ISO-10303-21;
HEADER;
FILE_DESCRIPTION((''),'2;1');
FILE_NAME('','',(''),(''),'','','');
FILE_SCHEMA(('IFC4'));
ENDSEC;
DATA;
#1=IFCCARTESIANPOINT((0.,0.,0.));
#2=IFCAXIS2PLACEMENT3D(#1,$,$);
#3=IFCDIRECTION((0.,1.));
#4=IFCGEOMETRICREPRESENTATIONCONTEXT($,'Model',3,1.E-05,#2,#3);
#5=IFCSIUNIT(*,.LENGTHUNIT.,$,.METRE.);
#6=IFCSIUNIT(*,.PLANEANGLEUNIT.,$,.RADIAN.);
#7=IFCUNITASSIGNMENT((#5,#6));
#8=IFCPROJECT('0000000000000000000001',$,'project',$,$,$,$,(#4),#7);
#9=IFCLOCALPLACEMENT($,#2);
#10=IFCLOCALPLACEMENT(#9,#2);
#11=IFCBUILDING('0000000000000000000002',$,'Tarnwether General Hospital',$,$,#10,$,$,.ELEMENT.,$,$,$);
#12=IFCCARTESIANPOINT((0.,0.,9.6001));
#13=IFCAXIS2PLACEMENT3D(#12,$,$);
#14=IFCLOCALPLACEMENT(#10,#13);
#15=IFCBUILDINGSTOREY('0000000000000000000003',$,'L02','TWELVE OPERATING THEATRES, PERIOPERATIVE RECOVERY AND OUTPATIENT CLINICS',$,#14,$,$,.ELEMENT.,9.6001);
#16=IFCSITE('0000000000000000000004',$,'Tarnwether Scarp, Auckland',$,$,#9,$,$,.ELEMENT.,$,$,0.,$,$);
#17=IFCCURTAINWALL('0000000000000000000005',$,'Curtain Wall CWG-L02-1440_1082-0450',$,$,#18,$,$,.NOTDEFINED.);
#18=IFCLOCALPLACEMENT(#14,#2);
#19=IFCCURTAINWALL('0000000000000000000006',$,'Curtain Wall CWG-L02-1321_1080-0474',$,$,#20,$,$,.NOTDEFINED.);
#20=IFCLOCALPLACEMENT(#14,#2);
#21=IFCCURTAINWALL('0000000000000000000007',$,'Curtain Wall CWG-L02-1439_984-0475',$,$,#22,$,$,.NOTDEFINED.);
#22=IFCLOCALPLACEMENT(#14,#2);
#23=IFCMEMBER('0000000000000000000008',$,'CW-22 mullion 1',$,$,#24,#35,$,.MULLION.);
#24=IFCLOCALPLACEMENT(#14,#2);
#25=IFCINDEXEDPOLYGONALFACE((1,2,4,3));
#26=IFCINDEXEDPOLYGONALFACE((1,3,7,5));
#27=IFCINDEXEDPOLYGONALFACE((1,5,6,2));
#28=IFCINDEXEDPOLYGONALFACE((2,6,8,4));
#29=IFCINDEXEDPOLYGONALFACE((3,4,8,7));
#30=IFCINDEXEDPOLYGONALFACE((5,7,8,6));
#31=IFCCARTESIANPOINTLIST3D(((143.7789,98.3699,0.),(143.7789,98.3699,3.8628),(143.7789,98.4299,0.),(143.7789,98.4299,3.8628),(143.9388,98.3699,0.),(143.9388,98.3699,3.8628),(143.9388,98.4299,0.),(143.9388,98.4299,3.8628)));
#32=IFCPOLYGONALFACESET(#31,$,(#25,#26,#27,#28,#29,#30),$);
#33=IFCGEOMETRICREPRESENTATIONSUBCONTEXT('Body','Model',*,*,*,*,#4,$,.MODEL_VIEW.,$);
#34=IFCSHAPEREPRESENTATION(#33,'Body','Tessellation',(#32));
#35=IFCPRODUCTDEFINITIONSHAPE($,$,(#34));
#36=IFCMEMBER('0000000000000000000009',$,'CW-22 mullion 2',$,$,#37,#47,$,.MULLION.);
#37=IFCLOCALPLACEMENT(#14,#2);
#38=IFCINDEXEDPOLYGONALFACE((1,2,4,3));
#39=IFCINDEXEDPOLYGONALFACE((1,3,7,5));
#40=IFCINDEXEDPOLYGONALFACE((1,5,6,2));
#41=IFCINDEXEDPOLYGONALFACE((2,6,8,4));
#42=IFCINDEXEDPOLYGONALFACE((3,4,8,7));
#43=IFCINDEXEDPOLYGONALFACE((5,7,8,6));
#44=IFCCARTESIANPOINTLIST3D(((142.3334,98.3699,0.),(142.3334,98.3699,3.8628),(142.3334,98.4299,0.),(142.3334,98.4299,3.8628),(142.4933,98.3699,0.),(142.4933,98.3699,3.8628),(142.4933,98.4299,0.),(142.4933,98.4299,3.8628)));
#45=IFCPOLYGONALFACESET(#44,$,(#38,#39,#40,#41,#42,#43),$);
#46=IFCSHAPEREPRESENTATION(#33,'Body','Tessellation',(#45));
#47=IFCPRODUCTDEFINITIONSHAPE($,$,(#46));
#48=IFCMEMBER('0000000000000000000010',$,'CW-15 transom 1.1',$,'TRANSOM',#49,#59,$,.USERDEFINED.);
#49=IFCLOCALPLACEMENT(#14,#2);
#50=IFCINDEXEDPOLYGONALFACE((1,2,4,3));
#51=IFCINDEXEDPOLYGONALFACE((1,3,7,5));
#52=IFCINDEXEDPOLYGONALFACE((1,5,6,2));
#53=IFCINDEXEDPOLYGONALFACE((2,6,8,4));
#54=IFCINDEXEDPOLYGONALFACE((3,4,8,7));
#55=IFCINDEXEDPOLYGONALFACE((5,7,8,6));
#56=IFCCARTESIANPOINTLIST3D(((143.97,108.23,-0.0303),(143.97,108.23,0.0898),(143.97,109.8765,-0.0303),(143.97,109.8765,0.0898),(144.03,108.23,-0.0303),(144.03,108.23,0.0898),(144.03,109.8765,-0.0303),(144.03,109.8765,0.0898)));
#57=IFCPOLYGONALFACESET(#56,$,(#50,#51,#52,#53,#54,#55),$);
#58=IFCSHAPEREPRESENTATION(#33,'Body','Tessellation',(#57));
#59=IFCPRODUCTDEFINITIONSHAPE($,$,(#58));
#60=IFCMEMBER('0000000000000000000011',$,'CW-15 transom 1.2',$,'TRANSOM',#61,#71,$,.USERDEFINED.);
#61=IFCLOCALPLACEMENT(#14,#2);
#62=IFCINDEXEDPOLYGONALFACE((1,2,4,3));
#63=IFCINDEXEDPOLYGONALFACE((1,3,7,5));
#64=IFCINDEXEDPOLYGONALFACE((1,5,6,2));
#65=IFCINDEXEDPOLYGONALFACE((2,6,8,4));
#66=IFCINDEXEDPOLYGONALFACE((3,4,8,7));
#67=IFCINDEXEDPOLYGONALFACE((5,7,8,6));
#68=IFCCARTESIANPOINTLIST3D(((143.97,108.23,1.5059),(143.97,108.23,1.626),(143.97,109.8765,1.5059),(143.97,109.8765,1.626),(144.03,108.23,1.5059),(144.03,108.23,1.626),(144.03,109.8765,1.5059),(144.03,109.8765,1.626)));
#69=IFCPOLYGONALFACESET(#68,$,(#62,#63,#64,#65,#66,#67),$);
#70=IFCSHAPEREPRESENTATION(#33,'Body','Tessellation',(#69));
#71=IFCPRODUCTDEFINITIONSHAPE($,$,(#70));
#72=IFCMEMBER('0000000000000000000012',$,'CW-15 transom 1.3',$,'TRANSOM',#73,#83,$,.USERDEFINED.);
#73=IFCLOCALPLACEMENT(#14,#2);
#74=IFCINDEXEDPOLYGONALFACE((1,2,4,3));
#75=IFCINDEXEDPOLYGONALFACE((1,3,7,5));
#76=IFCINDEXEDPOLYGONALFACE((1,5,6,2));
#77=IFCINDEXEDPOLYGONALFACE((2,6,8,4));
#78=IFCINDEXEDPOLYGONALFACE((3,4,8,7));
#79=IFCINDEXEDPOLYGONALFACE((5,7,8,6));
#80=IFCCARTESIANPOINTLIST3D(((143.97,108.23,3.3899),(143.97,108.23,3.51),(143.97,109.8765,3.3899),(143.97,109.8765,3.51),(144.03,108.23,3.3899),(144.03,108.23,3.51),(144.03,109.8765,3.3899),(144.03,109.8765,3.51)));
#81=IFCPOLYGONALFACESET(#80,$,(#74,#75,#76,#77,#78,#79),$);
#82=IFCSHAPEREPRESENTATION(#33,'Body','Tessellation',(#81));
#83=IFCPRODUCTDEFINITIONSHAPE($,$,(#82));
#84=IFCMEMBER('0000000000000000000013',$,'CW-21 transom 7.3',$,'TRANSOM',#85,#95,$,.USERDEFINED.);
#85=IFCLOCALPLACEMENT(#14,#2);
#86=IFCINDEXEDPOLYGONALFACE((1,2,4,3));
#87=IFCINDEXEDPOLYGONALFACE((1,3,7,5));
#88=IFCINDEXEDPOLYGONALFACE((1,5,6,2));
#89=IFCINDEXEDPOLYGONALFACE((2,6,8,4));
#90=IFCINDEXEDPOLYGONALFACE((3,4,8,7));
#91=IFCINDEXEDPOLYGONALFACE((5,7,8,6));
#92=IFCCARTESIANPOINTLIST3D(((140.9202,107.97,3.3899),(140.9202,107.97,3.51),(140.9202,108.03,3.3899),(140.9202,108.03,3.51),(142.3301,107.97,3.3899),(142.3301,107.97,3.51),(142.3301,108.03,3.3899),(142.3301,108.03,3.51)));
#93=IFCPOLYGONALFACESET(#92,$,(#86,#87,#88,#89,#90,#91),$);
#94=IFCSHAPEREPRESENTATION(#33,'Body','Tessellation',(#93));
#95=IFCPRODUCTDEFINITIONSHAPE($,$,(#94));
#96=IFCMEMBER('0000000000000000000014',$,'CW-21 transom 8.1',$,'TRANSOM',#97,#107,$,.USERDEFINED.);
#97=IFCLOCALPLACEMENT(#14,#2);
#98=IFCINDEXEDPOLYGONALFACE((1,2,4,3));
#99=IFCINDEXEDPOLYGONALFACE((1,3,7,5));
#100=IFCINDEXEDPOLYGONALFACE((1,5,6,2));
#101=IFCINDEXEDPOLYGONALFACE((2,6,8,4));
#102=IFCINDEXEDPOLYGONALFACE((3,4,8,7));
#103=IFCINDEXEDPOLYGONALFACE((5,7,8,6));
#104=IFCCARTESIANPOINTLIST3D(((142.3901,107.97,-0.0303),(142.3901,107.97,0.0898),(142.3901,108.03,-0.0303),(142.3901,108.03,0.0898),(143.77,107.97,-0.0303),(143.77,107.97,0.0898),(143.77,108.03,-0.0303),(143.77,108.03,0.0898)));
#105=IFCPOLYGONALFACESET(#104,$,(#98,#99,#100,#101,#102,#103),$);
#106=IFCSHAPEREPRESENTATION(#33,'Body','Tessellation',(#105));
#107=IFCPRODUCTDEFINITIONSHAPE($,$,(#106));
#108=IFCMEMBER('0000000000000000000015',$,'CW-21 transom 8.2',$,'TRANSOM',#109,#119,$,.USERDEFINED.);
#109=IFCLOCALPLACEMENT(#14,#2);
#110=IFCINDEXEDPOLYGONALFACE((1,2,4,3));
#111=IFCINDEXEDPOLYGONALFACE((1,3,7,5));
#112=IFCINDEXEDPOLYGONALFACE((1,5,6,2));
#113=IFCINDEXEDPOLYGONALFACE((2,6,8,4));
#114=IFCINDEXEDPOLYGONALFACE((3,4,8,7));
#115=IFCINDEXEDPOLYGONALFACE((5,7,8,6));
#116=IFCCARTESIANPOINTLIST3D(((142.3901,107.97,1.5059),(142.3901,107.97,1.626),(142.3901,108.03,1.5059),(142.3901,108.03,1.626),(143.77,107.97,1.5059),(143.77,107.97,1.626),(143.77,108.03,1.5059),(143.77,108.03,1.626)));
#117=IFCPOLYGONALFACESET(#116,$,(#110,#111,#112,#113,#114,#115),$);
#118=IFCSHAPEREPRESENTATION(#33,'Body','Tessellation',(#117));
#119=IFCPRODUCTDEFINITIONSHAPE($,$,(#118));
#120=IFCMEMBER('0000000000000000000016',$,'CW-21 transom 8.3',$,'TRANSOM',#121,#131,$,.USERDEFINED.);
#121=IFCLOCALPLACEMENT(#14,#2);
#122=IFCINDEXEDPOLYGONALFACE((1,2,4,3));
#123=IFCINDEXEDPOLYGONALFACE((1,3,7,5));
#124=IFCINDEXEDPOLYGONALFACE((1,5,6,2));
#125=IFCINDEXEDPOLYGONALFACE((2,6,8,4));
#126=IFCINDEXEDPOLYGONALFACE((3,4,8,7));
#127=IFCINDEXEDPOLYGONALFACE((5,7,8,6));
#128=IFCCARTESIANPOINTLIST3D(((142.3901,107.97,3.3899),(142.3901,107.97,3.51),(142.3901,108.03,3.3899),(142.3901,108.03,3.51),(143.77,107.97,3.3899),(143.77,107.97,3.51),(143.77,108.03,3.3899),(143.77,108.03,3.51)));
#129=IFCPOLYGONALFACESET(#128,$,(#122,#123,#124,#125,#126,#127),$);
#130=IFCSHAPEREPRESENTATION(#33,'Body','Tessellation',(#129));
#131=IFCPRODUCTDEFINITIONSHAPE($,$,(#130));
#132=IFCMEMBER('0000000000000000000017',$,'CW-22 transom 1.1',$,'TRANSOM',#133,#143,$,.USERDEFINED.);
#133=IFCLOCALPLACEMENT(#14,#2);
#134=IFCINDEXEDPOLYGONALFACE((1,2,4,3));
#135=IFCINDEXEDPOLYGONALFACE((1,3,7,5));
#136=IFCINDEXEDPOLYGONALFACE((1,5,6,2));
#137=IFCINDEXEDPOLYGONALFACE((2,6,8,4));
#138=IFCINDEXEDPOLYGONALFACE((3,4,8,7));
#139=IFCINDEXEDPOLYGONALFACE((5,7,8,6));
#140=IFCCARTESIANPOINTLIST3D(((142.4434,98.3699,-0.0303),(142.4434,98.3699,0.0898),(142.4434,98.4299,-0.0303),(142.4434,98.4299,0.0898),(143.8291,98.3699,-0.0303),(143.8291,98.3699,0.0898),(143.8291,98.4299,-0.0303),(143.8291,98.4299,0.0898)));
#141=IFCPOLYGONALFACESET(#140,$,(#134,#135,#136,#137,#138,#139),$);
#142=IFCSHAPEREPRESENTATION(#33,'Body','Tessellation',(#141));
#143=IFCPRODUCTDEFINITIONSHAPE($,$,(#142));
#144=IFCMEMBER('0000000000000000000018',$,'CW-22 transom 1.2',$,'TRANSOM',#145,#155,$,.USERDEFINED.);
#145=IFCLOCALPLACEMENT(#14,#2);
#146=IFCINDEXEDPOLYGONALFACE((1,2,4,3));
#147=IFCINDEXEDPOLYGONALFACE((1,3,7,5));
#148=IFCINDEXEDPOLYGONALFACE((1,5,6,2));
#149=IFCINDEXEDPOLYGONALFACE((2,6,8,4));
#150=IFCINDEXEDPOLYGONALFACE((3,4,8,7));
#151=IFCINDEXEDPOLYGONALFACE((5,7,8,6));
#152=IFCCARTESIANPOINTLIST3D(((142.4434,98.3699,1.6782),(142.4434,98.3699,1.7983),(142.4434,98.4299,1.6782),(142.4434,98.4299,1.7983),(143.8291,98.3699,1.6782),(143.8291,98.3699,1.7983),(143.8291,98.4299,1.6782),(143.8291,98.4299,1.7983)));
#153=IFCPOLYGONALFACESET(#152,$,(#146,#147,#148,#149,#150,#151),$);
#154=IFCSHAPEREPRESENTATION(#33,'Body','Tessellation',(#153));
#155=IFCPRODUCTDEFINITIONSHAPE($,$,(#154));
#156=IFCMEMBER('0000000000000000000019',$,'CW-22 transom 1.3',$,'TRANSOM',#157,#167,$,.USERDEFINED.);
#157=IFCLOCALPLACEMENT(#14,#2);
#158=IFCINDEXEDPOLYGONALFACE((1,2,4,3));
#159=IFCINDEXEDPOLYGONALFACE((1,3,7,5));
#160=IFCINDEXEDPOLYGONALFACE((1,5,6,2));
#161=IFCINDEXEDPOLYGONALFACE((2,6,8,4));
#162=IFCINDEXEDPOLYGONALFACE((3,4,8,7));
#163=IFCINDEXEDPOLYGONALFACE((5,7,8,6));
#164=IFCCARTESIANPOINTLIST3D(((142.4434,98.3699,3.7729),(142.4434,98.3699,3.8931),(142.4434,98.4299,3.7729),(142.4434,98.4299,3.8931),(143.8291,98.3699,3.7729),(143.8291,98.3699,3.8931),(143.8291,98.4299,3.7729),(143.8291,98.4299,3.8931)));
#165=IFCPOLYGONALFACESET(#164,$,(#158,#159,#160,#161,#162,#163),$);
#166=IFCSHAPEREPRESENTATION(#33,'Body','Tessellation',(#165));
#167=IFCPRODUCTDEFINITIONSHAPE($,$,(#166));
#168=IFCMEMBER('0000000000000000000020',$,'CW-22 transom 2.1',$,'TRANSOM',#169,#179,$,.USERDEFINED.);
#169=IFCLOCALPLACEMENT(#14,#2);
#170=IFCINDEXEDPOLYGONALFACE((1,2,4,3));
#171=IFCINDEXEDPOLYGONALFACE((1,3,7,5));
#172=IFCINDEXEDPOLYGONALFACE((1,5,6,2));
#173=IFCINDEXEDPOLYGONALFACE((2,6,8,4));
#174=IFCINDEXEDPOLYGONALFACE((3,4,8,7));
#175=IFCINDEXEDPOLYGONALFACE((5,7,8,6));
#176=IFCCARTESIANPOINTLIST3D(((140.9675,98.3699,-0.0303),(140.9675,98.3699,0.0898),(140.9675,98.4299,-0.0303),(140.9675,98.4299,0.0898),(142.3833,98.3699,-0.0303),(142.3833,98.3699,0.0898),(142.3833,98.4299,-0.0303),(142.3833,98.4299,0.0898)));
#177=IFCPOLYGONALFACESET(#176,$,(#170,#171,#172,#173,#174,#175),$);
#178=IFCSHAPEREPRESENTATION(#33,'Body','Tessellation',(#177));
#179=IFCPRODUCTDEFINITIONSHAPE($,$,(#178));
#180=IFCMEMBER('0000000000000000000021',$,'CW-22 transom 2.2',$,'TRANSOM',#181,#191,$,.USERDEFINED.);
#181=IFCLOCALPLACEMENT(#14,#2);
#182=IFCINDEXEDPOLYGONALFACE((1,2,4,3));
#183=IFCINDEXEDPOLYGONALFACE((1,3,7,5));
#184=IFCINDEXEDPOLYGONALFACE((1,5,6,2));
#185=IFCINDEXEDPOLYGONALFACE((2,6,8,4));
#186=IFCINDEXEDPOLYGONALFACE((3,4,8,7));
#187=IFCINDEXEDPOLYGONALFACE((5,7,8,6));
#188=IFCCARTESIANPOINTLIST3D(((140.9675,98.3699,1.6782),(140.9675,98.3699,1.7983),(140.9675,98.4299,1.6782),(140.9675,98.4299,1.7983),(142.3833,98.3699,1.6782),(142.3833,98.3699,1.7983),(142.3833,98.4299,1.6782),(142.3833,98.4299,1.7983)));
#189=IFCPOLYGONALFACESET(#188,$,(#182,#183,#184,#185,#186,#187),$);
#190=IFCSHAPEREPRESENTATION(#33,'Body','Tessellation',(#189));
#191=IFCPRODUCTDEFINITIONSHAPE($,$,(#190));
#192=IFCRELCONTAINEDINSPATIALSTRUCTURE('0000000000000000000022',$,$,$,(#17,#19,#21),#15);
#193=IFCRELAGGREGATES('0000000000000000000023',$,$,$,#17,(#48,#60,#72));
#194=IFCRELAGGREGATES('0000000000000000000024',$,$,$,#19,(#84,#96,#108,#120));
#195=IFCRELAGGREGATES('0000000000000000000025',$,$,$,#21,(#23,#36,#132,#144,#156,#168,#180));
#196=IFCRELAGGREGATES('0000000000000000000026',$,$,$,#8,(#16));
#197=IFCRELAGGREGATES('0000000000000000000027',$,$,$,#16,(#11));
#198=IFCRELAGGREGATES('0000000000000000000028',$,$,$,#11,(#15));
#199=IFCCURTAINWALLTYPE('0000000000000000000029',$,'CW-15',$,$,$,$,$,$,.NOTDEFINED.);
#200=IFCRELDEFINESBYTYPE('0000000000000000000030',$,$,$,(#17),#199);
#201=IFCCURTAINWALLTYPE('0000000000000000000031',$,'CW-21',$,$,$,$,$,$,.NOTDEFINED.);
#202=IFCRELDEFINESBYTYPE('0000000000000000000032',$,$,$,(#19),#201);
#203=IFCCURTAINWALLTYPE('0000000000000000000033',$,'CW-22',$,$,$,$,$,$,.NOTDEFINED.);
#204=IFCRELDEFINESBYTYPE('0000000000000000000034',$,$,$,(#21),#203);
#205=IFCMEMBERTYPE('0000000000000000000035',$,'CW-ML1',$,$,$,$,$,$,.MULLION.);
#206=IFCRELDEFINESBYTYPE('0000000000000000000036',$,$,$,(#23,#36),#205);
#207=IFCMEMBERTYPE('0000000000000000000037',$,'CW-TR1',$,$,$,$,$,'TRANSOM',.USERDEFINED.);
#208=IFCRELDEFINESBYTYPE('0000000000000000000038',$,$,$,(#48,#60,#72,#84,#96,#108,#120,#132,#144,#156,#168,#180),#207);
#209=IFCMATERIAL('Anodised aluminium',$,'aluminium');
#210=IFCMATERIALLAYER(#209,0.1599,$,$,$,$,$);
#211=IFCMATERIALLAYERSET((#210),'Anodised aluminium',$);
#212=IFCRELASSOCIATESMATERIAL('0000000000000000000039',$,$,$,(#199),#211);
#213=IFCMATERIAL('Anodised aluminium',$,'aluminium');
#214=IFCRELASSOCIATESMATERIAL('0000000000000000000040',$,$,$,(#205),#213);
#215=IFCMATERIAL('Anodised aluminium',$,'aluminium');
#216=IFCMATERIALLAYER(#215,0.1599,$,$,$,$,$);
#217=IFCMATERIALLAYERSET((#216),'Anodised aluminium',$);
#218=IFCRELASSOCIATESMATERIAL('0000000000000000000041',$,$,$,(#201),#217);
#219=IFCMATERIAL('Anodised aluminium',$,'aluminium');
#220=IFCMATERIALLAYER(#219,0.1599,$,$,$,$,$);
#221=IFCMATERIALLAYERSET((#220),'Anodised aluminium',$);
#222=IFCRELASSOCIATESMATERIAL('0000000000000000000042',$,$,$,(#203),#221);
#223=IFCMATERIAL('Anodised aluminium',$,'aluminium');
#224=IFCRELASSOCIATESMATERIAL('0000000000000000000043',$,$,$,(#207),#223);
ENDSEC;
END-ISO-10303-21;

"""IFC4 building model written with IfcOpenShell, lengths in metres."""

from ifc_helpers import new_model, si_unit, direction, frame, origin, origin_2d, place, context, subcontext, project, spatial, rectangle, extrude, material, layer, layer_set, material_profile, profile_set, type_object, element, aggregate, save


model = new_model("IFC4")

# Units and contexts
model_context = context("Model", 3, precision=1e-05, world=origin(), true_north=direction((0.0, 1.0)))
body_context = subcontext(model_context, "Body", "Model", "MODEL_VIEW")
ifc_project = project(units=[si_unit("LENGTHUNIT", "METRE"), si_unit("PLANEANGLEUNIT", "RADIAN")], contexts=[model_context])

# Site, building, storey
site_placement = place(None, origin())
site = spatial("IfcSite", under=ifc_project, at=site_placement, Name="Tarnwether Scarp, Auckland", CompositionType="ELEMENT", RefElevation=0.0)
building_placement = place(site_placement, origin())
building = spatial("IfcBuilding", under=site, at=building_placement, Name="Tarnwether General Hospital", CompositionType="ELEMENT")
storey_placement = place(building_placement, frame((0.0, 0.0, 9.6001)))
storey = spatial("IfcBuildingStorey", under=building, at=storey_placement, Name="L02", Description="TWELVE OPERATING THEATRES, PERIOPERATIVE RECOVERY AND OUTPATIENT CLINICS", CompositionType="ELEMENT", Elevation=9.6001)

# Curtain wall
ifc_material_1 = material(Name="Anodised aluminium", Category="aluminium")
ifc_layer_1 = layer(ifc_material_1, 0.1599)
ifc_layer_set_1 = layer_set([ifc_layer_1], Name="Anodised aluminium")
curtain_wall_type_1 = type_object("IfcCurtainWallType", Name="CW-15", PredefinedType="NOTDEFINED", material=ifc_layer_set_1)
curtain_wall_1_placement = place(storey_placement, origin())
curtain_wall_1 = element("IfcCurtainWall", 1, at=curtain_wall_1_placement, inside=storey, type_object=curtain_wall_type_1, Name="Curtain Wall CWG-L02-1440_1082-0450", PredefinedType="NOTDEFINED")
ifc_material_2 = material(Name="Anodised aluminium", Category="aluminium")
ifc_material_profile_1 = material_profile(ifc_material_2, rectangle(XDim=0.0601, YDim=0.1599, at=origin_2d()), Name="ALU-MUL-60x160")
ifc_profile_set_1 = profile_set([ifc_material_profile_1], Name="Anodised aluminium")
member_type_1 = type_object("IfcMemberType", Name="CW-ML1", PredefinedType="MULLION", material=ifc_profile_set_1)

# Curtain walls, members
ifc_material_3 = material(Name="Anodised aluminium", Category="aluminium")
ifc_layer_2 = layer(ifc_material_3, 0.1599)
ifc_layer_set_2 = layer_set([ifc_layer_2], Name="Anodised aluminium")
curtain_wall_type_2 = type_object("IfcCurtainWallType", Name="CW-21", PredefinedType="NOTDEFINED", material=ifc_layer_set_2)
curtain_wall_2_placement = place(storey_placement, origin())
curtain_wall_2 = element("IfcCurtainWall", 2, at=curtain_wall_2_placement, inside=storey, type_object=curtain_wall_type_2, Name="Curtain Wall CWG-L02-1321_1080-0474", PredefinedType="NOTDEFINED")
ifc_material_4 = material(Name="Anodised aluminium", Category="aluminium")
ifc_layer_3 = layer(ifc_material_4, 0.1599)
ifc_layer_set_3 = layer_set([ifc_layer_3], Name="Anodised aluminium")
curtain_wall_type_3 = type_object("IfcCurtainWallType", Name="CW-22", PredefinedType="NOTDEFINED", material=ifc_layer_set_3)
curtain_wall_3_placement = place(storey_placement, origin())
curtain_wall_3 = element("IfcCurtainWall", 3, at=curtain_wall_3_placement, inside=storey, type_object=curtain_wall_type_3, Name="Curtain Wall CWG-L02-1439_984-0475", PredefinedType="NOTDEFINED")
member_1_placement = place(storey_placement, frame((143.8589, 98.3999, 0.0), z_axis=(0.0, 0.0, 1.0), x_axis=(0.0, -1.0, 0.0)))
member_1 = element("IfcMember", 4, at=member_1_placement, type_object=member_type_1, Name="CW-22 mullion 1", PredefinedType="MULLION", context=body_context, shape_type="SweptSolid", body=[
    extrude(rectangle(XDim=0.0601, YDim=0.1599, at=origin_2d()), origin(), (0.0, 0.0, 1.0), 3.8628),
])
member_2_placement = place(storey_placement, frame((142.4133, 98.3999, 0.0), z_axis=(0.0, 0.0, 1.0), x_axis=(0.0, -1.0, 0.0)))
member_2 = element("IfcMember", 5, at=member_2_placement, type_object=member_type_1, Name="CW-22 mullion 2", PredefinedType="MULLION", context=body_context, shape_type="SweptSolid", body=[
    extrude(rectangle(XDim=0.0601, YDim=0.1599, at=origin_2d()), origin(), (0.0, 0.0, 1.0), 3.8628),
])

# Members
ifc_material_5 = material(Name="Anodised aluminium", Category="aluminium")
ifc_material_profile_2 = material_profile(ifc_material_5, rectangle(XDim=0.0601, YDim=0.1201, at=origin_2d()), Name="ALU-TRN-60x120")
ifc_profile_set_2 = profile_set([ifc_material_profile_2], Name="Anodised aluminium")
member_type_2 = type_object("IfcMemberType", Name="CW-TR1", ElementType="TRANSOM", PredefinedType="USERDEFINED", material=ifc_profile_set_2)
member_3_placement = place(storey_placement, frame((144.0, 108.23, 0.0298), z_axis=(0.0, 1.0, 0.0), x_axis=(-1.0, 0.0, 0.0)))
member_3 = element("IfcMember", 6, at=member_3_placement, type_object=member_type_2, Name="CW-15 transom 1.1", ObjectType="TRANSOM", PredefinedType="USERDEFINED", context=body_context, shape_type="SweptSolid", body=[
    extrude(rectangle(XDim=0.0601, YDim=0.1201, at=origin_2d()), origin(), (0.0, 0.0, 1.0), 1.6465),
])
member_4_placement = place(storey_placement, frame((144.0, 108.23, 1.5659), z_axis=(0.0, 1.0, 0.0), x_axis=(-1.0, 0.0, 0.0)))
member_4 = element("IfcMember", 7, at=member_4_placement, type_object=member_type_2, Name="CW-15 transom 1.2", ObjectType="TRANSOM", PredefinedType="USERDEFINED", context=body_context, shape_type="SweptSolid", body=[
    extrude(rectangle(XDim=0.0601, YDim=0.1201, at=origin_2d()), origin(), (0.0, 0.0, 1.0), 1.6465),
])
member_5_placement = place(storey_placement, frame((144.0, 108.23, 3.45), z_axis=(0.0, 1.0, 0.0), x_axis=(-1.0, 0.0, 0.0)))
member_5 = element("IfcMember", 8, at=member_5_placement, type_object=member_type_2, Name="CW-15 transom 1.3", ObjectType="TRANSOM", PredefinedType="USERDEFINED", context=body_context, shape_type="SweptSolid", body=[
    extrude(rectangle(XDim=0.0601, YDim=0.1201, at=origin_2d()), origin(), (0.0, 0.0, 1.0), 1.6465),
])
aggregate(curtain_wall_1, [member_3, member_4, member_5])
member_6_placement = place(storey_placement, frame((140.9202, 108.0, 3.45), z_axis=(1.0, 0.0, 0.0), x_axis=(0.0, 1.0, 0.0)))
member_6 = element("IfcMember", 9, at=member_6_placement, type_object=member_type_2, Name="CW-21 transom 7.3", ObjectType="TRANSOM", PredefinedType="USERDEFINED", context=body_context, shape_type="SweptSolid", body=[
    extrude(rectangle(XDim=0.0601, YDim=0.1201, at=origin_2d()), origin(), (0.0, 0.0, 1.0), 1.4099),
])
member_7_placement = place(storey_placement, frame((142.3901, 108.0, 0.0298), z_axis=(1.0, 0.0, 0.0), x_axis=(0.0, 1.0, 0.0)))
member_7 = element("IfcMember", 10, at=member_7_placement, type_object=member_type_2, Name="CW-21 transom 8.1", ObjectType="TRANSOM", PredefinedType="USERDEFINED", context=body_context, shape_type="SweptSolid", body=[
    extrude(rectangle(XDim=0.0601, YDim=0.1201, at=origin_2d()), origin(), (0.0, 0.0, 1.0), 1.3799),
])
member_8_placement = place(storey_placement, frame((142.3901, 108.0, 1.5659), z_axis=(1.0, 0.0, 0.0), x_axis=(0.0, 1.0, 0.0)))
member_8 = element("IfcMember", 11, at=member_8_placement, type_object=member_type_2, Name="CW-21 transom 8.2", ObjectType="TRANSOM", PredefinedType="USERDEFINED", context=body_context, shape_type="SweptSolid", body=[
    extrude(rectangle(XDim=0.0601, YDim=0.1201, at=origin_2d()), origin(), (0.0, 0.0, 1.0), 1.3799),
])
member_9_placement = place(storey_placement, frame((142.3901, 108.0, 3.45), z_axis=(1.0, 0.0, 0.0), x_axis=(0.0, 1.0, 0.0)))
member_9 = element("IfcMember", 12, at=member_9_placement, type_object=member_type_2, Name="CW-21 transom 8.3", ObjectType="TRANSOM", PredefinedType="USERDEFINED", context=body_context, shape_type="SweptSolid", body=[
    extrude(rectangle(XDim=0.0601, YDim=0.1201, at=origin_2d()), origin(), (0.0, 0.0, 1.0), 1.3799),
])
member_10_placement = place(storey_placement, frame((143.8291, 98.3999, 0.0298), z_axis=(-1.0, 0.0, 0.0), x_axis=(0.0, -1.0, 0.0)))
member_10 = element("IfcMember", 13, at=member_10_placement, type_object=member_type_2, Name="CW-22 transom 1.1", ObjectType="TRANSOM", PredefinedType="USERDEFINED", context=body_context, shape_type="SweptSolid", body=[
    extrude(rectangle(XDim=0.0601, YDim=0.1201, at=origin_2d()), origin(), (0.0, 0.0, 1.0), 1.3857),
])
member_11_placement = place(storey_placement, frame((143.8291, 98.3999, 1.7383), z_axis=(-1.0, 0.0, 0.0), x_axis=(0.0, -1.0, 0.0)))
member_11 = element("IfcMember", 14, at=member_11_placement, type_object=member_type_2, Name="CW-22 transom 1.2", ObjectType="TRANSOM", PredefinedType="USERDEFINED", context=body_context, shape_type="SweptSolid", body=[
    extrude(rectangle(XDim=0.0601, YDim=0.1201, at=origin_2d()), origin(), (0.0, 0.0, 1.0), 1.3857),
])
member_12_placement = place(storey_placement, frame((143.8291, 98.3999, 3.833), z_axis=(-1.0, 0.0, 0.0), x_axis=(0.0, -1.0, 0.0)))
member_12 = element("IfcMember", 15, at=member_12_placement, type_object=member_type_2, Name="CW-22 transom 1.3", ObjectType="TRANSOM", PredefinedType="USERDEFINED", context=body_context, shape_type="SweptSolid", body=[
    extrude(rectangle(XDim=0.0601, YDim=0.1201, at=origin_2d()), origin(), (0.0, 0.0, 1.0), 1.3857),
])
member_13_placement = place(storey_placement, frame((142.3833, 98.3999, 0.0298), z_axis=(-1.0, 0.0, 0.0), x_axis=(0.0, -1.0, 0.0)))
member_13 = element("IfcMember", 16, at=member_13_placement, type_object=member_type_2, Name="CW-22 transom 2.1", ObjectType="TRANSOM", PredefinedType="USERDEFINED", context=body_context, shape_type="SweptSolid", body=[
    extrude(rectangle(XDim=0.0601, YDim=0.1201, at=origin_2d()), origin(), (0.0, 0.0, 1.0), 1.4158),
])
member_14_placement = place(storey_placement, frame((142.3833, 98.3999, 1.7383), z_axis=(-1.0, 0.0, 0.0), x_axis=(0.0, -1.0, 0.0)))
member_14 = element("IfcMember", 17, at=member_14_placement, type_object=member_type_2, Name="CW-22 transom 2.2", ObjectType="TRANSOM", PredefinedType="USERDEFINED", context=body_context, shape_type="SweptSolid", body=[
    extrude(rectangle(XDim=0.0601, YDim=0.1201, at=origin_2d()), origin(), (0.0, 0.0, 1.0), 1.4158),
])

aggregate(curtain_wall_2, [member_6, member_7, member_8, member_9])
aggregate(curtain_wall_3, [member_1, member_2, member_10, member_11, member_12, member_13, member_14])

save(model, "model.ifc")
